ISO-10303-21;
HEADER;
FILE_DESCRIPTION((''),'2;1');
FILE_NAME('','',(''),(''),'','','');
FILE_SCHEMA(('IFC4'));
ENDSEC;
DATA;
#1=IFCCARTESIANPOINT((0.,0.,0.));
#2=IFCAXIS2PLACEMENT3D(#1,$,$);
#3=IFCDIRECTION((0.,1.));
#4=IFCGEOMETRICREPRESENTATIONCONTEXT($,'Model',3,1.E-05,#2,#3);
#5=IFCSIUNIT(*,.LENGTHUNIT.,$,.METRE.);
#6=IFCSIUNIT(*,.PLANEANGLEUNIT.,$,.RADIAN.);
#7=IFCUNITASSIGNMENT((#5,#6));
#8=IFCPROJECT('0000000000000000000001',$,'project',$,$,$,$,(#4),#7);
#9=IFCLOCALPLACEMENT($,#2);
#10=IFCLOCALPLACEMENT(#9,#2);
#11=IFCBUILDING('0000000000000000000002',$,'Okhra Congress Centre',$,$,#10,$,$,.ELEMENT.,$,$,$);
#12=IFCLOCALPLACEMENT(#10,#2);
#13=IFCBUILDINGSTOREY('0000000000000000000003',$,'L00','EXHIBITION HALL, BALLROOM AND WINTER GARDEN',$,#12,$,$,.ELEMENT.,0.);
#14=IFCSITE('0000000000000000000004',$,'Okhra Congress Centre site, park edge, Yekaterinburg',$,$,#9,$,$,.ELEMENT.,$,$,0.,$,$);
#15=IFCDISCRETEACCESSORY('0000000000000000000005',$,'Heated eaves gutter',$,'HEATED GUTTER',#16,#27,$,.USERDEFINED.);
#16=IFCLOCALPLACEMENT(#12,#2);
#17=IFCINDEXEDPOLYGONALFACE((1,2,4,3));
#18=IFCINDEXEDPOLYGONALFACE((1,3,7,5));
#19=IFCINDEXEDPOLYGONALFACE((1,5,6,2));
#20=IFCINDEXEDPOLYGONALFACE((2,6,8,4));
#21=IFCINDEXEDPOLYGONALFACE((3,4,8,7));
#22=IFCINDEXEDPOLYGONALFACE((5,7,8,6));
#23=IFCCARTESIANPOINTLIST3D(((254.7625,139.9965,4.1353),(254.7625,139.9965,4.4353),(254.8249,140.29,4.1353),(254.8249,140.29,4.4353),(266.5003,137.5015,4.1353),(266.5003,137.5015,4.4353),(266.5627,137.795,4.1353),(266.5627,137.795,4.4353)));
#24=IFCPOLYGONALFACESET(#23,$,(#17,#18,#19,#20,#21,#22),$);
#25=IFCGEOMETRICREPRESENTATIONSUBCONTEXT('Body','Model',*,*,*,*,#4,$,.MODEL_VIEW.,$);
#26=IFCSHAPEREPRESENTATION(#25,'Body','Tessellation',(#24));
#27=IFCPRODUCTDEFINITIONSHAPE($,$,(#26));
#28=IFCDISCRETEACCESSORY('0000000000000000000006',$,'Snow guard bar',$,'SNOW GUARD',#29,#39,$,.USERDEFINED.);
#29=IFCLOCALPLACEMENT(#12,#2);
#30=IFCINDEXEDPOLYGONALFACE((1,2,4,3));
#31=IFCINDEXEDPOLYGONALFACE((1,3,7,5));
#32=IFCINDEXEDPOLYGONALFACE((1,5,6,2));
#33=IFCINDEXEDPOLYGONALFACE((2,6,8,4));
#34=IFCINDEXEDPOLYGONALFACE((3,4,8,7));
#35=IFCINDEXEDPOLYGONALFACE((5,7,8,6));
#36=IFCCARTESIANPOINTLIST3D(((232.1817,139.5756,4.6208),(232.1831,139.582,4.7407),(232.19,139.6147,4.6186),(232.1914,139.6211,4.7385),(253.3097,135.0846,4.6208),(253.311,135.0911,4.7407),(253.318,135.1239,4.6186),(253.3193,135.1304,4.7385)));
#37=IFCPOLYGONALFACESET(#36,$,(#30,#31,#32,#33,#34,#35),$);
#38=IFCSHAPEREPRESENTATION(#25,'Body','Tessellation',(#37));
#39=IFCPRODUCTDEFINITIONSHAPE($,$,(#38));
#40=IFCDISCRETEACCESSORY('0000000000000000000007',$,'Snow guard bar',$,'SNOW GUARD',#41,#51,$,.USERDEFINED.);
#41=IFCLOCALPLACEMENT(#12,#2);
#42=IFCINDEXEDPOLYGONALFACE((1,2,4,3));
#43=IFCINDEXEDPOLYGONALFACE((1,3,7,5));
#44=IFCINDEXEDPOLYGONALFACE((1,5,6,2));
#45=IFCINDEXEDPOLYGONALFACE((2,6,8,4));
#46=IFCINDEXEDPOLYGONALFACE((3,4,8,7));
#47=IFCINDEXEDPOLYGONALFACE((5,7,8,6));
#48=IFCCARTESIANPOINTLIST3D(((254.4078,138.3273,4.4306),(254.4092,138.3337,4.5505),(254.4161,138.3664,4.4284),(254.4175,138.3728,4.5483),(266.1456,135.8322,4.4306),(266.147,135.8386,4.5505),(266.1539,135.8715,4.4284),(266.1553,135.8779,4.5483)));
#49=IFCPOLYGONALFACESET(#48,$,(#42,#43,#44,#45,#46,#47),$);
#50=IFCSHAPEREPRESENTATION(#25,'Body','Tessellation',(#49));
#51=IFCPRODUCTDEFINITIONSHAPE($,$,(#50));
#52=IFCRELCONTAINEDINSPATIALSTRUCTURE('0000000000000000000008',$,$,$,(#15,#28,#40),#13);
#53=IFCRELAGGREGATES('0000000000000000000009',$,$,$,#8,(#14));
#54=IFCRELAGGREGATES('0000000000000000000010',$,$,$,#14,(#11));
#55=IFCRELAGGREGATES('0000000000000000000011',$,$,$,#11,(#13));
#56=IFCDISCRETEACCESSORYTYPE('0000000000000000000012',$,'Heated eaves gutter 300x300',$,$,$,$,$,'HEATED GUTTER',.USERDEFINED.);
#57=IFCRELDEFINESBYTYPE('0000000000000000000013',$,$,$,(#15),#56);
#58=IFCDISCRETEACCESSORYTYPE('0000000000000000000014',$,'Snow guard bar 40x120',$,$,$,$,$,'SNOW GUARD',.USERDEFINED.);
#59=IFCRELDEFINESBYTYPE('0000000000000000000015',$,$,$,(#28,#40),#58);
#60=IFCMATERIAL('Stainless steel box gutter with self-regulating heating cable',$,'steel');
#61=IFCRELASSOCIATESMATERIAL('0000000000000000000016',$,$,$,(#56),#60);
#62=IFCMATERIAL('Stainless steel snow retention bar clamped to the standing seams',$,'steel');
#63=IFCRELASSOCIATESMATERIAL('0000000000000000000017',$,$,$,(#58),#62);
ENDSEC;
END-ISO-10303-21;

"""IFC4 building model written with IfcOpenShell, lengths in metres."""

from ifc_helpers import new_model, si_unit, direction, frame, origin, origin_2d, place, context, subcontext, project, spatial, polyline, rectangle, outline, extrude, material, type_object, element, save


model = new_model("IFC4")

# Units and contexts
model_context = context("Model", 3, precision=1e-05, world=origin(), true_north=direction((0.0, 1.0)))
body_context = subcontext(model_context, "Body", "Model", "MODEL_VIEW")
ifc_project = project(units=[si_unit("LENGTHUNIT", "METRE"), si_unit("PLANEANGLEUNIT", "RADIAN")], contexts=[model_context])

# Site, building, storey
site_placement = place(None, origin())
site = spatial("IfcSite", under=ifc_project, at=site_placement, Name="Okhra Congress Centre site, park edge, Yekaterinburg", CompositionType="ELEMENT", RefElevation=0.0)
building_placement = place(site_placement, origin())
building = spatial("IfcBuilding", under=site, at=building_placement, Name="Okhra Congress Centre", CompositionType="ELEMENT")
storey_placement = place(building_placement, origin())
storey = spatial("IfcBuildingStorey", under=building, at=storey_placement, Name="L00", Description="EXHIBITION HALL, BALLROOM AND WINTER GARDEN", CompositionType="ELEMENT", Elevation=0.0)

# Discrete accessories
ifc_material_1 = material(Name="Stainless steel box gutter with self-regulating heating cable", Category="steel")
discrete_accessory_type_1 = type_object("IfcDiscreteAccessoryType", Name="Heated eaves gutter 300x300", ElementType="HEATED GUTTER", PredefinedType="USERDEFINED", material=ifc_material_1)
discrete_accessory_1_placement = place(storey_placement, frame((260.6626, 138.8958, 4.1353), z_axis=(0.0, 0.0, 1.0), x_axis=(0.978148, -0.207912, 0.0)))
element("IfcDiscreteAccessory", 1, at=discrete_accessory_1_placement, inside=storey, type_object=discrete_accessory_type_1, Name="Heated eaves gutter", ObjectType="HEATED GUTTER", PredefinedType="USERDEFINED", context=body_context, shape_type="SweptSolid", body=[
    extrude(rectangle(XDim=12.0, YDim=0.3, at=origin_2d()), origin(), (0.0, 0.0, 1.0), 0.3),
])
ifc_material_2 = material(Name="Stainless steel snow retention bar clamped to the standing seams", Category="steel")
discrete_accessory_type_2 = type_object("IfcDiscreteAccessoryType", Name="Snow guard bar 40x120", ElementType="SNOW GUARD", PredefinedType="USERDEFINED", material=ifc_material_2)
discrete_accessory_2_placement = place(storey_placement, frame((232.1831, 139.582, 4.7407), z_axis=(0.011388, 0.053578, 0.998499), x_axis=(0.978147, -0.207916, 0.0)))
element("IfcDiscreteAccessory", 2, at=discrete_accessory_2_placement, inside=storey, type_object=discrete_accessory_type_2, Name="Snow guard bar", ObjectType="SNOW GUARD", PredefinedType="USERDEFINED", context=body_context, shape_type="SweptSolid", body=[
    extrude(outline(polyline([(0.0, 0.0), (21.6, 0.0), (21.5999, 0.0402), (0.0, 0.04), (0.0, 0.0)])), origin(), (0.0, 0.0, -1.0), 0.1201),
])
discrete_accessory_3_placement = place(storey_placement, frame((254.4092, 138.3337, 4.5505), z_axis=(0.011389, 0.053578, 0.998499), x_axis=(0.978145, -0.207925, 0.000001)))
element("IfcDiscreteAccessory", 3, at=discrete_accessory_3_placement, inside=storey, type_object=discrete_accessory_type_2, Name="Snow guard bar", ObjectType="SNOW GUARD", PredefinedType="USERDEFINED", context=body_context, shape_type="SweptSolid", body=[
    extrude(outline(polyline([(0.0, 0.0), (12.0001, 0.0), (12.0, 0.0402), (0.0, 0.04), (0.0, 0.0)])), origin(), (0.0, 0.0, -1.0), 0.1201),
])

save(model, "model.ifc")
